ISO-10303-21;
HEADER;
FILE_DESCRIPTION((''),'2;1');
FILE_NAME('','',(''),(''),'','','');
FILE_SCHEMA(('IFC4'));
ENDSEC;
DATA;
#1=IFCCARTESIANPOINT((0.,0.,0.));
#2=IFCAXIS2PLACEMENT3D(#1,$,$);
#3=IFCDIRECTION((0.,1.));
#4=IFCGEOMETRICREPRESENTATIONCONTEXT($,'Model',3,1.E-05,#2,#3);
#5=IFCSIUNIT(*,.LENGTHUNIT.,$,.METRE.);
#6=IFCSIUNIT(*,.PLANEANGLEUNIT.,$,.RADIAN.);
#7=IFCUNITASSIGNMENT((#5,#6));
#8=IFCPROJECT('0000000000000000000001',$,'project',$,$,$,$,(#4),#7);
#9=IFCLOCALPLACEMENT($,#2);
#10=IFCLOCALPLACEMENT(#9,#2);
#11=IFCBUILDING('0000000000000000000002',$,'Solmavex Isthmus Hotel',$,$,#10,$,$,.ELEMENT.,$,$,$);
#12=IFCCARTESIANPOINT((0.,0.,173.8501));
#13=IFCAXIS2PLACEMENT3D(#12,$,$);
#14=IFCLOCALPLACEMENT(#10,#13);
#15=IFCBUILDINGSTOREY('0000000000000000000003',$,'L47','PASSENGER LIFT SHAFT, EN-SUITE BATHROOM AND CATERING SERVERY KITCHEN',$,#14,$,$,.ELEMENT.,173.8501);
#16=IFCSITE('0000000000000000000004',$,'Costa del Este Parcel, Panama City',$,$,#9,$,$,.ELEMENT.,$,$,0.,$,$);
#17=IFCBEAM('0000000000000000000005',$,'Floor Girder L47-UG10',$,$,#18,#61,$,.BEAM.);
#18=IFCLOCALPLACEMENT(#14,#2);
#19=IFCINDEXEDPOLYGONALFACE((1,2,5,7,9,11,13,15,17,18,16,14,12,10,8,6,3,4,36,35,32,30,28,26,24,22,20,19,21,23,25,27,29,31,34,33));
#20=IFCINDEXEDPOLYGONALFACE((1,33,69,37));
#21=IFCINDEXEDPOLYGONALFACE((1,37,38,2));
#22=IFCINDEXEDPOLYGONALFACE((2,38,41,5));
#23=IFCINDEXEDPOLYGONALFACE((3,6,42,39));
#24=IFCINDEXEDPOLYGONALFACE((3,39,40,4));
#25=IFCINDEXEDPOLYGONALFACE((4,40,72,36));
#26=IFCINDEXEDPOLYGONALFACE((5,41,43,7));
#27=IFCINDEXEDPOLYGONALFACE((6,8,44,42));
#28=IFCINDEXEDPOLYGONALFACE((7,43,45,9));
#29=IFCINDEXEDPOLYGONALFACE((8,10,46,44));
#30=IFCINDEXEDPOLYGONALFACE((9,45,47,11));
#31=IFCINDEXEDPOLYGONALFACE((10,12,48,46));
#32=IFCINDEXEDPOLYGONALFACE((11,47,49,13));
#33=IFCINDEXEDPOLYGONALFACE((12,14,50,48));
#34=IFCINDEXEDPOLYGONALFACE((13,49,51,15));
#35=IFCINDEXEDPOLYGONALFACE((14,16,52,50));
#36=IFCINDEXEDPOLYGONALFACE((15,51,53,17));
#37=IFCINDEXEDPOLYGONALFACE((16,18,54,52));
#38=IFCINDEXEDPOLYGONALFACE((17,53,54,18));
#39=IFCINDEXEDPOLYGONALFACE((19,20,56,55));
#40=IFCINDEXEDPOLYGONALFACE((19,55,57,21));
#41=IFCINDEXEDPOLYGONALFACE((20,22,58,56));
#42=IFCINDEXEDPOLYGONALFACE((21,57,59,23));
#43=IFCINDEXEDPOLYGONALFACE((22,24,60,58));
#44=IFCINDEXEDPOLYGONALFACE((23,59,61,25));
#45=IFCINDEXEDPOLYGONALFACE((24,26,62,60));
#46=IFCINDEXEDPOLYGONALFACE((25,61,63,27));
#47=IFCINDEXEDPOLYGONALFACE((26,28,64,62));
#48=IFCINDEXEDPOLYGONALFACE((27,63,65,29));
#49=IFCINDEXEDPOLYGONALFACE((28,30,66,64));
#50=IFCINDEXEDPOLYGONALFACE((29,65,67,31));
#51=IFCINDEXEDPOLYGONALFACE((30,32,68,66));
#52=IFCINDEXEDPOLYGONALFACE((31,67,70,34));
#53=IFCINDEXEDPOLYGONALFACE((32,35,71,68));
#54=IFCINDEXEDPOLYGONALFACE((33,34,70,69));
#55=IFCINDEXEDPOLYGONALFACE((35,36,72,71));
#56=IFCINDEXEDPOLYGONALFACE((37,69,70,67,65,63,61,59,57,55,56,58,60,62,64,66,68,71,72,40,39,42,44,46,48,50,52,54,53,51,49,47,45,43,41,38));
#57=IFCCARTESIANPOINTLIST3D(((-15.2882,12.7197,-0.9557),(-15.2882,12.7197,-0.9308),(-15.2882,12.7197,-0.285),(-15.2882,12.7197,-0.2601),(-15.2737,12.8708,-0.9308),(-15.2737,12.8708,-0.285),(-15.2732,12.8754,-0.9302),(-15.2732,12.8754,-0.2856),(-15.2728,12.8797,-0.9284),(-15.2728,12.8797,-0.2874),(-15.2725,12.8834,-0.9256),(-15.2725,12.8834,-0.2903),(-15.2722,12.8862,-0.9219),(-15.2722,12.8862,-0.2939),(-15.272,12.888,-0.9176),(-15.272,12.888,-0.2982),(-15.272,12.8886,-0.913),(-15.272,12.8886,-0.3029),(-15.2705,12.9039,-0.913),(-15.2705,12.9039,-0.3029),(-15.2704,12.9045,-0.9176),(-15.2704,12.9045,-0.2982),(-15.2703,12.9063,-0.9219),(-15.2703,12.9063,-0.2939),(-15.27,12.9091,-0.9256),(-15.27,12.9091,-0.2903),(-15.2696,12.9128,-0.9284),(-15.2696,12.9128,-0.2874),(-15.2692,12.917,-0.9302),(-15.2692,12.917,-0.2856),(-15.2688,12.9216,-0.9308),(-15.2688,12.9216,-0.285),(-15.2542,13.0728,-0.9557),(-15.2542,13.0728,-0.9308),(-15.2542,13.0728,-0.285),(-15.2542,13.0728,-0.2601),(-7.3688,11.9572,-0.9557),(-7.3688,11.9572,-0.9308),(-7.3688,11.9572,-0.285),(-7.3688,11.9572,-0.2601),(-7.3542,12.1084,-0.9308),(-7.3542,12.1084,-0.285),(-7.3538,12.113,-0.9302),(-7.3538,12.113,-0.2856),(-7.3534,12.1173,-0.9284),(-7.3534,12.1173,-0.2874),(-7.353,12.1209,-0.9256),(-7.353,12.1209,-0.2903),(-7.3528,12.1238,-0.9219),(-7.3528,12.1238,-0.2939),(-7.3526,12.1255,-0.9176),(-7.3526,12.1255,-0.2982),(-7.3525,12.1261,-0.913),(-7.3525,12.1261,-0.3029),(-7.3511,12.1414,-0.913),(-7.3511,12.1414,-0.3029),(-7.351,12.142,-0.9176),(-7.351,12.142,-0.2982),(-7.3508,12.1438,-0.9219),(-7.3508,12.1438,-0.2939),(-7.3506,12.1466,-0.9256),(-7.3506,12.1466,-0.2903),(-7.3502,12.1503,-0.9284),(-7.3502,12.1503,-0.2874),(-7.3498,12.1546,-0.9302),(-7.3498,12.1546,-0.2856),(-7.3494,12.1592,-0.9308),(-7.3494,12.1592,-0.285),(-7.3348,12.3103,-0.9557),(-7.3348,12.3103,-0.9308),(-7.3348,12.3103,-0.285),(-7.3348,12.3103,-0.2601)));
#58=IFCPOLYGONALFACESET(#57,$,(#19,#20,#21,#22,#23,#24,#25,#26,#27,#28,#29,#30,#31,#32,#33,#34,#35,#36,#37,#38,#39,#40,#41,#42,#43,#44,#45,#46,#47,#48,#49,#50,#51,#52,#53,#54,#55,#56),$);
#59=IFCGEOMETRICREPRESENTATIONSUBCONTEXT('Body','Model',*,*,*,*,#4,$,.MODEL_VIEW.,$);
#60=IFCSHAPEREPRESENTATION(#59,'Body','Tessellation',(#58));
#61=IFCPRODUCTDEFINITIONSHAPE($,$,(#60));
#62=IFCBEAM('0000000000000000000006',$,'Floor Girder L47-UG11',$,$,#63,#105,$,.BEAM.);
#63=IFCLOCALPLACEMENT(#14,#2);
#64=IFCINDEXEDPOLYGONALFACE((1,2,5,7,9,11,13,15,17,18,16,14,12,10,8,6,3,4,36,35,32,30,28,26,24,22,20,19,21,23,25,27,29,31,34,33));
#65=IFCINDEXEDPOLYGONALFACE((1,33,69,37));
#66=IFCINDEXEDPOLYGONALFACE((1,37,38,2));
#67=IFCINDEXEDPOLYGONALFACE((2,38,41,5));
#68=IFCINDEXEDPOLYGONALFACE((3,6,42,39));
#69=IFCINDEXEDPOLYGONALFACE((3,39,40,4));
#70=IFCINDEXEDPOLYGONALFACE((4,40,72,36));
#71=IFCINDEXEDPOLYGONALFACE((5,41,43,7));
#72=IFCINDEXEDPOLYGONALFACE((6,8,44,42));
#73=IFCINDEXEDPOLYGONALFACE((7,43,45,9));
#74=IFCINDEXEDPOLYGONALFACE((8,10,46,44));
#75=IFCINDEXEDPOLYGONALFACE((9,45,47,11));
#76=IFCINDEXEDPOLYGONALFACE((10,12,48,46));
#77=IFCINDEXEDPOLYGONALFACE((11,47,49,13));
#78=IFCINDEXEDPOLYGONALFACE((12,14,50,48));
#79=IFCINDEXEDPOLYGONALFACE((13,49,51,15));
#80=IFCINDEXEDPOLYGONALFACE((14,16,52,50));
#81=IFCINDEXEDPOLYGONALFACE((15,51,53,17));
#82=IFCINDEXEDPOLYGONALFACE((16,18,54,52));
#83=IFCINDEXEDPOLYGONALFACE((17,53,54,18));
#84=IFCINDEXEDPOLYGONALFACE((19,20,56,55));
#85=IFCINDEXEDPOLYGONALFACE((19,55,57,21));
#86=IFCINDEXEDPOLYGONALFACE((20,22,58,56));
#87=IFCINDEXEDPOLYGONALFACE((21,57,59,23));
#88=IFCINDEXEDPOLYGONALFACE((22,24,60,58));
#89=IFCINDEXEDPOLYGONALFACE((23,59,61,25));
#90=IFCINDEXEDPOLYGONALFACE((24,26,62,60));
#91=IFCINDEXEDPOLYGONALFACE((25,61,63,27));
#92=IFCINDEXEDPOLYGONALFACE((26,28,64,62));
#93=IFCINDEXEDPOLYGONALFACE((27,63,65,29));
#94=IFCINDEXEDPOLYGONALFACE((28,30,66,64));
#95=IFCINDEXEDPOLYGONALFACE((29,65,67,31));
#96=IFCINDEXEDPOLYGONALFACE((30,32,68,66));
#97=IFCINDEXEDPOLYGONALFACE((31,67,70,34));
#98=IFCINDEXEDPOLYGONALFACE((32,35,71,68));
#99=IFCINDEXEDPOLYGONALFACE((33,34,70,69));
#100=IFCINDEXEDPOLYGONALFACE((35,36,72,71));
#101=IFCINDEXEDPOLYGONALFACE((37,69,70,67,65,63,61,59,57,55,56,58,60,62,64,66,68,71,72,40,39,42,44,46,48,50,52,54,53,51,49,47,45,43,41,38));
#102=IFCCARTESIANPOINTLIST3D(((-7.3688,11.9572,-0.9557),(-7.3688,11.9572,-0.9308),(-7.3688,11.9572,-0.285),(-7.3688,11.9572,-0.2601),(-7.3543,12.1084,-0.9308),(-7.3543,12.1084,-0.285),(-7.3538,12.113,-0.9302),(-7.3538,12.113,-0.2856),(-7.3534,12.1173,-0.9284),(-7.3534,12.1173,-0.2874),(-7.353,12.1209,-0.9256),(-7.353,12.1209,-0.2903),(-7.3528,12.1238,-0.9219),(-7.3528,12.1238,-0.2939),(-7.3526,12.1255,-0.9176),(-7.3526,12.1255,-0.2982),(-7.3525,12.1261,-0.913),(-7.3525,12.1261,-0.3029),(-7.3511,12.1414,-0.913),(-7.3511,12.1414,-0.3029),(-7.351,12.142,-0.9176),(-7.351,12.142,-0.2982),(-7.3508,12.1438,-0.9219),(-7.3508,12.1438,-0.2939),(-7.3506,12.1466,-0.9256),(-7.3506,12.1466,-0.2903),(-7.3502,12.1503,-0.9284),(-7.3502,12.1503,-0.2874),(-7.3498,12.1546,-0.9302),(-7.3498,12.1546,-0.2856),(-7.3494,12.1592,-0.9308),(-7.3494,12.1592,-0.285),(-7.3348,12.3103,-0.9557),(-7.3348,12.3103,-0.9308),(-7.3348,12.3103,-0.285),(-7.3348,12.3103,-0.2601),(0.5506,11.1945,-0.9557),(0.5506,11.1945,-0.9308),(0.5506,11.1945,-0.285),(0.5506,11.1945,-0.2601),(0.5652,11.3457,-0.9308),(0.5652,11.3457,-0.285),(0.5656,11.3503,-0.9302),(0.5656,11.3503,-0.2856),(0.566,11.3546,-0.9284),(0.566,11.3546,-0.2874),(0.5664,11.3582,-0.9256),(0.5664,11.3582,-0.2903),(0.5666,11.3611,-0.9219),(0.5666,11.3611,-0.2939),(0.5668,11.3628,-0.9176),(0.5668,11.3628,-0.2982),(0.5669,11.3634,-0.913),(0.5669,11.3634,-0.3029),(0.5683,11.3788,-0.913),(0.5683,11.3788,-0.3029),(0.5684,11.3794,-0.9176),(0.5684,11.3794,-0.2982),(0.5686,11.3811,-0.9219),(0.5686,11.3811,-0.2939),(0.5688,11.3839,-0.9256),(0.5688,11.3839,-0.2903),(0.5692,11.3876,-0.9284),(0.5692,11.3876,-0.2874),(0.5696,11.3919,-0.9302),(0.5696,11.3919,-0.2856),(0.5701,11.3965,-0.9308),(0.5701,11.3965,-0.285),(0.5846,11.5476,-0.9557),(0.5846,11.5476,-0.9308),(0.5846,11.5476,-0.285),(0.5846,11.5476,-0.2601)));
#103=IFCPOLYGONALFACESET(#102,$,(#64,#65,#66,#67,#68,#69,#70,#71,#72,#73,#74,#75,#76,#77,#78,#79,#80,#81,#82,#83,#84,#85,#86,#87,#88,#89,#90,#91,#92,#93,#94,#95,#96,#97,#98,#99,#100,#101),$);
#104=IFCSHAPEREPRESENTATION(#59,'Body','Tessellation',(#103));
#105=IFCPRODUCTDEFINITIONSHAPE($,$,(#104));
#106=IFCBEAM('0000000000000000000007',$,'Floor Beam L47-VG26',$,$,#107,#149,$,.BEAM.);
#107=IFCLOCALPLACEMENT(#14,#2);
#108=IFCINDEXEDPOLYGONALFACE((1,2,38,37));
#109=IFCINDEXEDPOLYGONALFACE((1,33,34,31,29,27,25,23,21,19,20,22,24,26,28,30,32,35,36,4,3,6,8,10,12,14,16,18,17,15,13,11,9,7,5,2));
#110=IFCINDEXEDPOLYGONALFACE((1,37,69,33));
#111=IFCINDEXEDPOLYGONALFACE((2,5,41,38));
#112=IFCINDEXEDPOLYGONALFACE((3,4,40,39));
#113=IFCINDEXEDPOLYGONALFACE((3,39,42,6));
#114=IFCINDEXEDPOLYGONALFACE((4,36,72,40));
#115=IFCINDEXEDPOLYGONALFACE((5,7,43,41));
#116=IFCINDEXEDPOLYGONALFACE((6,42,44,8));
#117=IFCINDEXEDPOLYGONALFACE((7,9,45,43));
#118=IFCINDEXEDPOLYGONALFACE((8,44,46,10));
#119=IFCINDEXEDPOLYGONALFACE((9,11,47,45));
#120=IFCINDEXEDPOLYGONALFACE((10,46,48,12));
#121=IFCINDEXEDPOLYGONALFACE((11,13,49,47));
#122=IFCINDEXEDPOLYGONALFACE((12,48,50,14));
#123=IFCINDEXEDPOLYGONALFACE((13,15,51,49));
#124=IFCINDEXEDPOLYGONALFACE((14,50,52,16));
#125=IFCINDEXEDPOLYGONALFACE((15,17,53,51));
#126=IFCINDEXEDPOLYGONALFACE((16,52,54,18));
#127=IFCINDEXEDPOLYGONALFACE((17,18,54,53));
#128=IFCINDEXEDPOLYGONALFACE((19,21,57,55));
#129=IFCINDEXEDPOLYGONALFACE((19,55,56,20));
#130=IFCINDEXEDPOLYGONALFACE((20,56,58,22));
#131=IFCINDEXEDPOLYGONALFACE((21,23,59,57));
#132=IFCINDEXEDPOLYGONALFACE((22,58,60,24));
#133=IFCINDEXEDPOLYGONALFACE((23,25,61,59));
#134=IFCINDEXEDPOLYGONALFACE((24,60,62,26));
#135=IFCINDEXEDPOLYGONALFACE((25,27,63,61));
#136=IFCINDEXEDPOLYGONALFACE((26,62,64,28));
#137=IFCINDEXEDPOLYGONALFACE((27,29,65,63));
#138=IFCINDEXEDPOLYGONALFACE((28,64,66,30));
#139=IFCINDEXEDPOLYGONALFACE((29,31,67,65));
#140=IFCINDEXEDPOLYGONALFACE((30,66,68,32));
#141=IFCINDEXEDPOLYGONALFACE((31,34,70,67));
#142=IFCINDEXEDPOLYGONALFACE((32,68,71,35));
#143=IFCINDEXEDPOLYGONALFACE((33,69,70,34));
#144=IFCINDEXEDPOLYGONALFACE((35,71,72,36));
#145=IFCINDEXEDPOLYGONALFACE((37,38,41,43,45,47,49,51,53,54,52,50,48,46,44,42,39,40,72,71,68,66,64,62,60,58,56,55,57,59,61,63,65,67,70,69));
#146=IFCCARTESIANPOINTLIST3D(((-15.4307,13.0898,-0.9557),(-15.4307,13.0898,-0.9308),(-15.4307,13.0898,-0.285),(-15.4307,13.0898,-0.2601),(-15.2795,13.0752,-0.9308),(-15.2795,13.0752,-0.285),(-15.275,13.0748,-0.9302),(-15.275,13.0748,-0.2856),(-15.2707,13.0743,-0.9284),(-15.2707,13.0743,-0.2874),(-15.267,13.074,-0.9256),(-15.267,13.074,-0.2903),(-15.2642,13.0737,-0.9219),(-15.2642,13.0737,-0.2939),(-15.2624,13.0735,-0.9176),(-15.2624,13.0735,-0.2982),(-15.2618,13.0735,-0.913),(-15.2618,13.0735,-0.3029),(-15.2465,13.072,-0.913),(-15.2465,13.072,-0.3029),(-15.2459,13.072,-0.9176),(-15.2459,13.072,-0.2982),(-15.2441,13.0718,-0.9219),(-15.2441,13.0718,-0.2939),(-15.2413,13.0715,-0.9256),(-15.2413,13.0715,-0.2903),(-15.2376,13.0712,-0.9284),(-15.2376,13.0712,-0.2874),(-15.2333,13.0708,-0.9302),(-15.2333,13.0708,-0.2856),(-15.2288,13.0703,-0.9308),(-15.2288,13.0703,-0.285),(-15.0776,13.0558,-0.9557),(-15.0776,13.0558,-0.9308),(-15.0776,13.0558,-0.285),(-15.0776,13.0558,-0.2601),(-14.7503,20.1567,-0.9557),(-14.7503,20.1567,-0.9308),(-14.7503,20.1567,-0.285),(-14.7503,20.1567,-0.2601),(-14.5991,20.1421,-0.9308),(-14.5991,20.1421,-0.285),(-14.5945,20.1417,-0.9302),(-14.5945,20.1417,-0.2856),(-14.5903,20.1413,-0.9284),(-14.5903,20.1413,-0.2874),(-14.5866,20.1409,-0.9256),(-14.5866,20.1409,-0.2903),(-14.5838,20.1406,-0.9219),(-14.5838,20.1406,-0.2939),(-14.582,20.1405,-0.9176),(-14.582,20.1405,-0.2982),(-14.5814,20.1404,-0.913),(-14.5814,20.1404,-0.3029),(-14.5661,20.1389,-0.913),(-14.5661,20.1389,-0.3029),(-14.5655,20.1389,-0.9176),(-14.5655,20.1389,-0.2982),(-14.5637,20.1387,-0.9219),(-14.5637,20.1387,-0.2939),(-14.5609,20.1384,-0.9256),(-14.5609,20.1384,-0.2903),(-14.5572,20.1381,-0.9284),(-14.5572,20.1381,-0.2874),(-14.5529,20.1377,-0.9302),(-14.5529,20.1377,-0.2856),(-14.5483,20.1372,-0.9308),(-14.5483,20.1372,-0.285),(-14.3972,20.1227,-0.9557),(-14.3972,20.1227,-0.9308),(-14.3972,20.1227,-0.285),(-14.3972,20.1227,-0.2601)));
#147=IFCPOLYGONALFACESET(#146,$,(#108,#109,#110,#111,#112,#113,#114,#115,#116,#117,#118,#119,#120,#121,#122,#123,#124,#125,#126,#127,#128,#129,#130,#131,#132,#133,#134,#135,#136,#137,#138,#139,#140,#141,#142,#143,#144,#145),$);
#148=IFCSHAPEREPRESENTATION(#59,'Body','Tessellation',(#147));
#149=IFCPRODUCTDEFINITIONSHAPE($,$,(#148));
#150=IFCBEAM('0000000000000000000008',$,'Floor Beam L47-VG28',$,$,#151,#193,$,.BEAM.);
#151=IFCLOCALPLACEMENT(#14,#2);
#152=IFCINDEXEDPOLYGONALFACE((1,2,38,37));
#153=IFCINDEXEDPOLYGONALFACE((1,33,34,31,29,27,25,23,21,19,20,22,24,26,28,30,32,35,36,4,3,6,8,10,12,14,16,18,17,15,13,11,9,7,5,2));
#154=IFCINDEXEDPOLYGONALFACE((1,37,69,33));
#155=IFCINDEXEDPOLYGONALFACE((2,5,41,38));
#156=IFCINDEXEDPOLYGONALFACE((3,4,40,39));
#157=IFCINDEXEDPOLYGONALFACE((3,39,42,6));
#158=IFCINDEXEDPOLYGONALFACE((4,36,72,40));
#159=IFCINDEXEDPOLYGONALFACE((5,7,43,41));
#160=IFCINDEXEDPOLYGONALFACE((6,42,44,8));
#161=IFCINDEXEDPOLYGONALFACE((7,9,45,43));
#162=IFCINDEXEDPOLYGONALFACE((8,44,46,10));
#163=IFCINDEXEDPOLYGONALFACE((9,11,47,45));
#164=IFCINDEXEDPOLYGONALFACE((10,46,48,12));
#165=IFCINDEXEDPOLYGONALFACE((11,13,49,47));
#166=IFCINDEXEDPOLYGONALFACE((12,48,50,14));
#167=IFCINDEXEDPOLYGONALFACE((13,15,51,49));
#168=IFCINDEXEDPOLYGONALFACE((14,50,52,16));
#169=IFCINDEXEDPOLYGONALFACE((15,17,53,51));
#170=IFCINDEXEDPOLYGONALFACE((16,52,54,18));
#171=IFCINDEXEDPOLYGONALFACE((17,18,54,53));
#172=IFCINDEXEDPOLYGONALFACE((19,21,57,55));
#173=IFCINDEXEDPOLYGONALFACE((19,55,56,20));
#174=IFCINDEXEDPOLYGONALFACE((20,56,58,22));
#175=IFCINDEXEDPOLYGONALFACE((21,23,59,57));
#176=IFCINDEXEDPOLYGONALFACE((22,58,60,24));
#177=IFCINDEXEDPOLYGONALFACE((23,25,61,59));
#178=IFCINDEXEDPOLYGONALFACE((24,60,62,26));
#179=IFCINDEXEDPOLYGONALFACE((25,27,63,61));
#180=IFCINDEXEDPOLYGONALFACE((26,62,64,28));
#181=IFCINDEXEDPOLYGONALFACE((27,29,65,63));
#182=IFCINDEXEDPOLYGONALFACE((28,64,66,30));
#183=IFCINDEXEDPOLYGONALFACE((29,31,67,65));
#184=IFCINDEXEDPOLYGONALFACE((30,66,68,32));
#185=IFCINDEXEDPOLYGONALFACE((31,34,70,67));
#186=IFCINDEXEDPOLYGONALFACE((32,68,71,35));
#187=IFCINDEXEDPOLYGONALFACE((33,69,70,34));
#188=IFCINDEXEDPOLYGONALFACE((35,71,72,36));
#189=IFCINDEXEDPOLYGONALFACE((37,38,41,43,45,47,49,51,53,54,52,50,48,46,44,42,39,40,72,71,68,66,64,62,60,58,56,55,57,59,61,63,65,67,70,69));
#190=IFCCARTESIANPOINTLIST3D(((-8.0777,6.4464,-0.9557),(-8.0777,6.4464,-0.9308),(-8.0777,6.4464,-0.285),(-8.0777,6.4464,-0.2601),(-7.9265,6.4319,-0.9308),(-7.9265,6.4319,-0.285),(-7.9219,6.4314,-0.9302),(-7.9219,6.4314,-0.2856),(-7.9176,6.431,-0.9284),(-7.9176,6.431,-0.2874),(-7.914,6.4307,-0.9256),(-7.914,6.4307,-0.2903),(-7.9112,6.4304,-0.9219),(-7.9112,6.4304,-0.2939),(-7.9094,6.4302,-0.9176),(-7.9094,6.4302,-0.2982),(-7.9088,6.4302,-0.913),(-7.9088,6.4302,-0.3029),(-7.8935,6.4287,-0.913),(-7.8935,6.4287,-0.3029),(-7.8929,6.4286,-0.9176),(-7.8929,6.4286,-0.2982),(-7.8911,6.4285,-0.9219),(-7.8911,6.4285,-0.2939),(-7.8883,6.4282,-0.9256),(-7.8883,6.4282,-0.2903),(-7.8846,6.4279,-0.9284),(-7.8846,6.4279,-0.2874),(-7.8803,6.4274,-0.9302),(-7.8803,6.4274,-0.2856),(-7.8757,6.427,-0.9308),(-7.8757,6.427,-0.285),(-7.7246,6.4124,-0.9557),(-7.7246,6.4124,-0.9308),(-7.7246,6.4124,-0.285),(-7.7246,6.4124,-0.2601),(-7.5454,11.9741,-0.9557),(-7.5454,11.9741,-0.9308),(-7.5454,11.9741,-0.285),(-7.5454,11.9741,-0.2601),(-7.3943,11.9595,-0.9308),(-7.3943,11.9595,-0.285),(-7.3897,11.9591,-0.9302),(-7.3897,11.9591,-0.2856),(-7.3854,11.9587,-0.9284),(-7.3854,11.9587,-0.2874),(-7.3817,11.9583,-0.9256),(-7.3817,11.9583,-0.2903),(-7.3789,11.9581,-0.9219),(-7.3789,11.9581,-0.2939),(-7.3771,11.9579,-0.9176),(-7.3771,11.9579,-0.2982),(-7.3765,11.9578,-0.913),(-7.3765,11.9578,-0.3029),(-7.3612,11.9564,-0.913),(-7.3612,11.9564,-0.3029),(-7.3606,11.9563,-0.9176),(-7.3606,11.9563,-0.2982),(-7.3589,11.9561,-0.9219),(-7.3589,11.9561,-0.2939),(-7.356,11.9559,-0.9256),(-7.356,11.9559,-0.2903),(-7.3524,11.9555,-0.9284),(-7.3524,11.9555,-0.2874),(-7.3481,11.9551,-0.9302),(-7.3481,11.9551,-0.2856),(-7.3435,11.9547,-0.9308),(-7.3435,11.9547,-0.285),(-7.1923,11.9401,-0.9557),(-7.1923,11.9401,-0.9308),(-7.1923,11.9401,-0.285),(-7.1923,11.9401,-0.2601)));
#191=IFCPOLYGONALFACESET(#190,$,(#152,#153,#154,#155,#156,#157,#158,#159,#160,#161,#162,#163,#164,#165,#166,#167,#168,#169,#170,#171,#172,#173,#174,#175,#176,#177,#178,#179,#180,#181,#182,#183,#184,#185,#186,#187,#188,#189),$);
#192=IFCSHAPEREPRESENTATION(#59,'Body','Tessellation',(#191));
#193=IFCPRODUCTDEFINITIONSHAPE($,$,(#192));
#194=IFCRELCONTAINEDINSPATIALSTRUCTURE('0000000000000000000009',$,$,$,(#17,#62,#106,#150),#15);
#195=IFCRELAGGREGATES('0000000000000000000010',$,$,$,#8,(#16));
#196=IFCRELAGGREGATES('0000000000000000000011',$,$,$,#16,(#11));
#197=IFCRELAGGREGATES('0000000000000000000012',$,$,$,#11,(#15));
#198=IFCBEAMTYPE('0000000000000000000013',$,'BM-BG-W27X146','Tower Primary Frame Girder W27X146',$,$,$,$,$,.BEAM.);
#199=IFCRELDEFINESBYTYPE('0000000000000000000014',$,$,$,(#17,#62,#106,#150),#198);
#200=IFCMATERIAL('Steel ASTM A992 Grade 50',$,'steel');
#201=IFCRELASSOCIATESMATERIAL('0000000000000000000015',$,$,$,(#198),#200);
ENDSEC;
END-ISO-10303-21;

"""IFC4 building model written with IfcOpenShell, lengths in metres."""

from ifc_helpers import new_model, si_unit, direction, frame, origin, origin_2d, place, context, subcontext, project, spatial, i_section, extrude, material, material_profile, profile_set, type_object, element, save


model = new_model("IFC4")

# Units and contexts
model_context = context("Model", 3, precision=1e-05, world=origin(), true_north=direction((0.0, 1.0)))
body_context = subcontext(model_context, "Body", "Model", "MODEL_VIEW")
ifc_project = project(units=[si_unit("LENGTHUNIT", "METRE"), si_unit("PLANEANGLEUNIT", "RADIAN")], contexts=[model_context])

# Site, building, storey
site_placement = place(None, origin())
site = spatial("IfcSite", under=ifc_project, at=site_placement, Name="Costa del Este Parcel, Panama City", CompositionType="ELEMENT", RefElevation=0.0)
building_placement = place(site_placement, origin())
building = spatial("IfcBuilding", under=site, at=building_placement, Name="Solmavex Isthmus Hotel", CompositionType="ELEMENT")
storey_placement = place(building_placement, frame((0.0, 0.0, 173.8501)))
storey = spatial("IfcBuildingStorey", under=building, at=storey_placement, Name="L47", Description="PASSENGER LIFT SHAFT, EN-SUITE BATHROOM AND CATERING SERVERY KITCHEN", CompositionType="ELEMENT", Elevation=173.8501)

# Beams
ifc_material_1 = material(Name="Steel ASTM A992 Grade 50", Category="steel")
ifc_material_profile_1 = material_profile(ifc_material_1, i_section(OverallWidth=0.3547, OverallDepth=0.6956, WebThickness=0.0154, FlangeThickness=0.0249, FilletRadius=0.0178, at=origin_2d()), Name="W27X146")
ifc_profile_set_1 = profile_set([ifc_material_profile_1], Name="Steel ASTM A992 Grade 50")
beam_type_1 = type_object("IfcBeamType", Name="BM-BG-W27X146", Description="Tower Primary Frame Girder W27X146", PredefinedType="BEAM", material=ifc_profile_set_1)
for number, where, z_axis, x_axis, name in (
    (1, (-15.2712, 12.8962, -0.6079), (0.995397, -0.095833, 0.0), (0.095833, 0.995397, 0.0), "Floor Girder L47-UG10"),
    (2, (-7.3518, 12.1338, -0.6079), (0.995395, -0.095863, 0.0), (0.095863, 0.995395, 0.0), "Floor Girder L47-UG11"),
):
    element("IfcBeam", number, at=place(storey_placement, frame(where, z_axis=z_axis, x_axis=x_axis)), inside=storey, type_object=beam_type_1, Name=name, PredefinedType="BEAM", context=body_context, shape_type="SweptSolid", body=[
        extrude(i_section(OverallWidth=0.3547, OverallDepth=0.6956, WebThickness=0.0154, FlangeThickness=0.0249, FilletRadius=0.0178, at=origin_2d()), origin(), (0.0, 0.0, 1.0), 7.9561),
    ])
beam_1_placement = place(storey_placement, frame((-15.2542, 13.0728, -0.6079), z_axis=(0.09584, 0.995397, 0.0), x_axis=(-0.995397, 0.09584, 0.0)))
element("IfcBeam", 3, at=beam_1_placement, inside=storey, type_object=beam_type_1, Name="Floor Beam L47-VG26", PredefinedType="BEAM", context=body_context, shape_type="SweptSolid", body=[
    extrude(i_section(OverallWidth=0.3547, OverallDepth=0.6956, WebThickness=0.0154, FlangeThickness=0.0249, FilletRadius=0.0178, at=origin_2d()), origin(), (0.0, 0.0, 1.0), 7.0996),
])
beam_2_placement = place(storey_placement, frame((-7.9011, 6.4294, -0.6079), z_axis=(0.095842, 0.995397, 0.0), x_axis=(-0.995397, 0.095842, 0.0)))
element("IfcBeam", 4, at=beam_2_placement, inside=storey, type_object=beam_type_1, Name="Floor Beam L47-VG28", PredefinedType="BEAM", context=body_context, shape_type="SweptSolid", body=[
    extrude(i_section(OverallWidth=0.3547, OverallDepth=0.6956, WebThickness=0.0154, FlangeThickness=0.0249, FilletRadius=0.0178, at=origin_2d()), origin(), (0.0, 0.0, 1.0), 5.5532),
])

save(model, "model.ifc")
